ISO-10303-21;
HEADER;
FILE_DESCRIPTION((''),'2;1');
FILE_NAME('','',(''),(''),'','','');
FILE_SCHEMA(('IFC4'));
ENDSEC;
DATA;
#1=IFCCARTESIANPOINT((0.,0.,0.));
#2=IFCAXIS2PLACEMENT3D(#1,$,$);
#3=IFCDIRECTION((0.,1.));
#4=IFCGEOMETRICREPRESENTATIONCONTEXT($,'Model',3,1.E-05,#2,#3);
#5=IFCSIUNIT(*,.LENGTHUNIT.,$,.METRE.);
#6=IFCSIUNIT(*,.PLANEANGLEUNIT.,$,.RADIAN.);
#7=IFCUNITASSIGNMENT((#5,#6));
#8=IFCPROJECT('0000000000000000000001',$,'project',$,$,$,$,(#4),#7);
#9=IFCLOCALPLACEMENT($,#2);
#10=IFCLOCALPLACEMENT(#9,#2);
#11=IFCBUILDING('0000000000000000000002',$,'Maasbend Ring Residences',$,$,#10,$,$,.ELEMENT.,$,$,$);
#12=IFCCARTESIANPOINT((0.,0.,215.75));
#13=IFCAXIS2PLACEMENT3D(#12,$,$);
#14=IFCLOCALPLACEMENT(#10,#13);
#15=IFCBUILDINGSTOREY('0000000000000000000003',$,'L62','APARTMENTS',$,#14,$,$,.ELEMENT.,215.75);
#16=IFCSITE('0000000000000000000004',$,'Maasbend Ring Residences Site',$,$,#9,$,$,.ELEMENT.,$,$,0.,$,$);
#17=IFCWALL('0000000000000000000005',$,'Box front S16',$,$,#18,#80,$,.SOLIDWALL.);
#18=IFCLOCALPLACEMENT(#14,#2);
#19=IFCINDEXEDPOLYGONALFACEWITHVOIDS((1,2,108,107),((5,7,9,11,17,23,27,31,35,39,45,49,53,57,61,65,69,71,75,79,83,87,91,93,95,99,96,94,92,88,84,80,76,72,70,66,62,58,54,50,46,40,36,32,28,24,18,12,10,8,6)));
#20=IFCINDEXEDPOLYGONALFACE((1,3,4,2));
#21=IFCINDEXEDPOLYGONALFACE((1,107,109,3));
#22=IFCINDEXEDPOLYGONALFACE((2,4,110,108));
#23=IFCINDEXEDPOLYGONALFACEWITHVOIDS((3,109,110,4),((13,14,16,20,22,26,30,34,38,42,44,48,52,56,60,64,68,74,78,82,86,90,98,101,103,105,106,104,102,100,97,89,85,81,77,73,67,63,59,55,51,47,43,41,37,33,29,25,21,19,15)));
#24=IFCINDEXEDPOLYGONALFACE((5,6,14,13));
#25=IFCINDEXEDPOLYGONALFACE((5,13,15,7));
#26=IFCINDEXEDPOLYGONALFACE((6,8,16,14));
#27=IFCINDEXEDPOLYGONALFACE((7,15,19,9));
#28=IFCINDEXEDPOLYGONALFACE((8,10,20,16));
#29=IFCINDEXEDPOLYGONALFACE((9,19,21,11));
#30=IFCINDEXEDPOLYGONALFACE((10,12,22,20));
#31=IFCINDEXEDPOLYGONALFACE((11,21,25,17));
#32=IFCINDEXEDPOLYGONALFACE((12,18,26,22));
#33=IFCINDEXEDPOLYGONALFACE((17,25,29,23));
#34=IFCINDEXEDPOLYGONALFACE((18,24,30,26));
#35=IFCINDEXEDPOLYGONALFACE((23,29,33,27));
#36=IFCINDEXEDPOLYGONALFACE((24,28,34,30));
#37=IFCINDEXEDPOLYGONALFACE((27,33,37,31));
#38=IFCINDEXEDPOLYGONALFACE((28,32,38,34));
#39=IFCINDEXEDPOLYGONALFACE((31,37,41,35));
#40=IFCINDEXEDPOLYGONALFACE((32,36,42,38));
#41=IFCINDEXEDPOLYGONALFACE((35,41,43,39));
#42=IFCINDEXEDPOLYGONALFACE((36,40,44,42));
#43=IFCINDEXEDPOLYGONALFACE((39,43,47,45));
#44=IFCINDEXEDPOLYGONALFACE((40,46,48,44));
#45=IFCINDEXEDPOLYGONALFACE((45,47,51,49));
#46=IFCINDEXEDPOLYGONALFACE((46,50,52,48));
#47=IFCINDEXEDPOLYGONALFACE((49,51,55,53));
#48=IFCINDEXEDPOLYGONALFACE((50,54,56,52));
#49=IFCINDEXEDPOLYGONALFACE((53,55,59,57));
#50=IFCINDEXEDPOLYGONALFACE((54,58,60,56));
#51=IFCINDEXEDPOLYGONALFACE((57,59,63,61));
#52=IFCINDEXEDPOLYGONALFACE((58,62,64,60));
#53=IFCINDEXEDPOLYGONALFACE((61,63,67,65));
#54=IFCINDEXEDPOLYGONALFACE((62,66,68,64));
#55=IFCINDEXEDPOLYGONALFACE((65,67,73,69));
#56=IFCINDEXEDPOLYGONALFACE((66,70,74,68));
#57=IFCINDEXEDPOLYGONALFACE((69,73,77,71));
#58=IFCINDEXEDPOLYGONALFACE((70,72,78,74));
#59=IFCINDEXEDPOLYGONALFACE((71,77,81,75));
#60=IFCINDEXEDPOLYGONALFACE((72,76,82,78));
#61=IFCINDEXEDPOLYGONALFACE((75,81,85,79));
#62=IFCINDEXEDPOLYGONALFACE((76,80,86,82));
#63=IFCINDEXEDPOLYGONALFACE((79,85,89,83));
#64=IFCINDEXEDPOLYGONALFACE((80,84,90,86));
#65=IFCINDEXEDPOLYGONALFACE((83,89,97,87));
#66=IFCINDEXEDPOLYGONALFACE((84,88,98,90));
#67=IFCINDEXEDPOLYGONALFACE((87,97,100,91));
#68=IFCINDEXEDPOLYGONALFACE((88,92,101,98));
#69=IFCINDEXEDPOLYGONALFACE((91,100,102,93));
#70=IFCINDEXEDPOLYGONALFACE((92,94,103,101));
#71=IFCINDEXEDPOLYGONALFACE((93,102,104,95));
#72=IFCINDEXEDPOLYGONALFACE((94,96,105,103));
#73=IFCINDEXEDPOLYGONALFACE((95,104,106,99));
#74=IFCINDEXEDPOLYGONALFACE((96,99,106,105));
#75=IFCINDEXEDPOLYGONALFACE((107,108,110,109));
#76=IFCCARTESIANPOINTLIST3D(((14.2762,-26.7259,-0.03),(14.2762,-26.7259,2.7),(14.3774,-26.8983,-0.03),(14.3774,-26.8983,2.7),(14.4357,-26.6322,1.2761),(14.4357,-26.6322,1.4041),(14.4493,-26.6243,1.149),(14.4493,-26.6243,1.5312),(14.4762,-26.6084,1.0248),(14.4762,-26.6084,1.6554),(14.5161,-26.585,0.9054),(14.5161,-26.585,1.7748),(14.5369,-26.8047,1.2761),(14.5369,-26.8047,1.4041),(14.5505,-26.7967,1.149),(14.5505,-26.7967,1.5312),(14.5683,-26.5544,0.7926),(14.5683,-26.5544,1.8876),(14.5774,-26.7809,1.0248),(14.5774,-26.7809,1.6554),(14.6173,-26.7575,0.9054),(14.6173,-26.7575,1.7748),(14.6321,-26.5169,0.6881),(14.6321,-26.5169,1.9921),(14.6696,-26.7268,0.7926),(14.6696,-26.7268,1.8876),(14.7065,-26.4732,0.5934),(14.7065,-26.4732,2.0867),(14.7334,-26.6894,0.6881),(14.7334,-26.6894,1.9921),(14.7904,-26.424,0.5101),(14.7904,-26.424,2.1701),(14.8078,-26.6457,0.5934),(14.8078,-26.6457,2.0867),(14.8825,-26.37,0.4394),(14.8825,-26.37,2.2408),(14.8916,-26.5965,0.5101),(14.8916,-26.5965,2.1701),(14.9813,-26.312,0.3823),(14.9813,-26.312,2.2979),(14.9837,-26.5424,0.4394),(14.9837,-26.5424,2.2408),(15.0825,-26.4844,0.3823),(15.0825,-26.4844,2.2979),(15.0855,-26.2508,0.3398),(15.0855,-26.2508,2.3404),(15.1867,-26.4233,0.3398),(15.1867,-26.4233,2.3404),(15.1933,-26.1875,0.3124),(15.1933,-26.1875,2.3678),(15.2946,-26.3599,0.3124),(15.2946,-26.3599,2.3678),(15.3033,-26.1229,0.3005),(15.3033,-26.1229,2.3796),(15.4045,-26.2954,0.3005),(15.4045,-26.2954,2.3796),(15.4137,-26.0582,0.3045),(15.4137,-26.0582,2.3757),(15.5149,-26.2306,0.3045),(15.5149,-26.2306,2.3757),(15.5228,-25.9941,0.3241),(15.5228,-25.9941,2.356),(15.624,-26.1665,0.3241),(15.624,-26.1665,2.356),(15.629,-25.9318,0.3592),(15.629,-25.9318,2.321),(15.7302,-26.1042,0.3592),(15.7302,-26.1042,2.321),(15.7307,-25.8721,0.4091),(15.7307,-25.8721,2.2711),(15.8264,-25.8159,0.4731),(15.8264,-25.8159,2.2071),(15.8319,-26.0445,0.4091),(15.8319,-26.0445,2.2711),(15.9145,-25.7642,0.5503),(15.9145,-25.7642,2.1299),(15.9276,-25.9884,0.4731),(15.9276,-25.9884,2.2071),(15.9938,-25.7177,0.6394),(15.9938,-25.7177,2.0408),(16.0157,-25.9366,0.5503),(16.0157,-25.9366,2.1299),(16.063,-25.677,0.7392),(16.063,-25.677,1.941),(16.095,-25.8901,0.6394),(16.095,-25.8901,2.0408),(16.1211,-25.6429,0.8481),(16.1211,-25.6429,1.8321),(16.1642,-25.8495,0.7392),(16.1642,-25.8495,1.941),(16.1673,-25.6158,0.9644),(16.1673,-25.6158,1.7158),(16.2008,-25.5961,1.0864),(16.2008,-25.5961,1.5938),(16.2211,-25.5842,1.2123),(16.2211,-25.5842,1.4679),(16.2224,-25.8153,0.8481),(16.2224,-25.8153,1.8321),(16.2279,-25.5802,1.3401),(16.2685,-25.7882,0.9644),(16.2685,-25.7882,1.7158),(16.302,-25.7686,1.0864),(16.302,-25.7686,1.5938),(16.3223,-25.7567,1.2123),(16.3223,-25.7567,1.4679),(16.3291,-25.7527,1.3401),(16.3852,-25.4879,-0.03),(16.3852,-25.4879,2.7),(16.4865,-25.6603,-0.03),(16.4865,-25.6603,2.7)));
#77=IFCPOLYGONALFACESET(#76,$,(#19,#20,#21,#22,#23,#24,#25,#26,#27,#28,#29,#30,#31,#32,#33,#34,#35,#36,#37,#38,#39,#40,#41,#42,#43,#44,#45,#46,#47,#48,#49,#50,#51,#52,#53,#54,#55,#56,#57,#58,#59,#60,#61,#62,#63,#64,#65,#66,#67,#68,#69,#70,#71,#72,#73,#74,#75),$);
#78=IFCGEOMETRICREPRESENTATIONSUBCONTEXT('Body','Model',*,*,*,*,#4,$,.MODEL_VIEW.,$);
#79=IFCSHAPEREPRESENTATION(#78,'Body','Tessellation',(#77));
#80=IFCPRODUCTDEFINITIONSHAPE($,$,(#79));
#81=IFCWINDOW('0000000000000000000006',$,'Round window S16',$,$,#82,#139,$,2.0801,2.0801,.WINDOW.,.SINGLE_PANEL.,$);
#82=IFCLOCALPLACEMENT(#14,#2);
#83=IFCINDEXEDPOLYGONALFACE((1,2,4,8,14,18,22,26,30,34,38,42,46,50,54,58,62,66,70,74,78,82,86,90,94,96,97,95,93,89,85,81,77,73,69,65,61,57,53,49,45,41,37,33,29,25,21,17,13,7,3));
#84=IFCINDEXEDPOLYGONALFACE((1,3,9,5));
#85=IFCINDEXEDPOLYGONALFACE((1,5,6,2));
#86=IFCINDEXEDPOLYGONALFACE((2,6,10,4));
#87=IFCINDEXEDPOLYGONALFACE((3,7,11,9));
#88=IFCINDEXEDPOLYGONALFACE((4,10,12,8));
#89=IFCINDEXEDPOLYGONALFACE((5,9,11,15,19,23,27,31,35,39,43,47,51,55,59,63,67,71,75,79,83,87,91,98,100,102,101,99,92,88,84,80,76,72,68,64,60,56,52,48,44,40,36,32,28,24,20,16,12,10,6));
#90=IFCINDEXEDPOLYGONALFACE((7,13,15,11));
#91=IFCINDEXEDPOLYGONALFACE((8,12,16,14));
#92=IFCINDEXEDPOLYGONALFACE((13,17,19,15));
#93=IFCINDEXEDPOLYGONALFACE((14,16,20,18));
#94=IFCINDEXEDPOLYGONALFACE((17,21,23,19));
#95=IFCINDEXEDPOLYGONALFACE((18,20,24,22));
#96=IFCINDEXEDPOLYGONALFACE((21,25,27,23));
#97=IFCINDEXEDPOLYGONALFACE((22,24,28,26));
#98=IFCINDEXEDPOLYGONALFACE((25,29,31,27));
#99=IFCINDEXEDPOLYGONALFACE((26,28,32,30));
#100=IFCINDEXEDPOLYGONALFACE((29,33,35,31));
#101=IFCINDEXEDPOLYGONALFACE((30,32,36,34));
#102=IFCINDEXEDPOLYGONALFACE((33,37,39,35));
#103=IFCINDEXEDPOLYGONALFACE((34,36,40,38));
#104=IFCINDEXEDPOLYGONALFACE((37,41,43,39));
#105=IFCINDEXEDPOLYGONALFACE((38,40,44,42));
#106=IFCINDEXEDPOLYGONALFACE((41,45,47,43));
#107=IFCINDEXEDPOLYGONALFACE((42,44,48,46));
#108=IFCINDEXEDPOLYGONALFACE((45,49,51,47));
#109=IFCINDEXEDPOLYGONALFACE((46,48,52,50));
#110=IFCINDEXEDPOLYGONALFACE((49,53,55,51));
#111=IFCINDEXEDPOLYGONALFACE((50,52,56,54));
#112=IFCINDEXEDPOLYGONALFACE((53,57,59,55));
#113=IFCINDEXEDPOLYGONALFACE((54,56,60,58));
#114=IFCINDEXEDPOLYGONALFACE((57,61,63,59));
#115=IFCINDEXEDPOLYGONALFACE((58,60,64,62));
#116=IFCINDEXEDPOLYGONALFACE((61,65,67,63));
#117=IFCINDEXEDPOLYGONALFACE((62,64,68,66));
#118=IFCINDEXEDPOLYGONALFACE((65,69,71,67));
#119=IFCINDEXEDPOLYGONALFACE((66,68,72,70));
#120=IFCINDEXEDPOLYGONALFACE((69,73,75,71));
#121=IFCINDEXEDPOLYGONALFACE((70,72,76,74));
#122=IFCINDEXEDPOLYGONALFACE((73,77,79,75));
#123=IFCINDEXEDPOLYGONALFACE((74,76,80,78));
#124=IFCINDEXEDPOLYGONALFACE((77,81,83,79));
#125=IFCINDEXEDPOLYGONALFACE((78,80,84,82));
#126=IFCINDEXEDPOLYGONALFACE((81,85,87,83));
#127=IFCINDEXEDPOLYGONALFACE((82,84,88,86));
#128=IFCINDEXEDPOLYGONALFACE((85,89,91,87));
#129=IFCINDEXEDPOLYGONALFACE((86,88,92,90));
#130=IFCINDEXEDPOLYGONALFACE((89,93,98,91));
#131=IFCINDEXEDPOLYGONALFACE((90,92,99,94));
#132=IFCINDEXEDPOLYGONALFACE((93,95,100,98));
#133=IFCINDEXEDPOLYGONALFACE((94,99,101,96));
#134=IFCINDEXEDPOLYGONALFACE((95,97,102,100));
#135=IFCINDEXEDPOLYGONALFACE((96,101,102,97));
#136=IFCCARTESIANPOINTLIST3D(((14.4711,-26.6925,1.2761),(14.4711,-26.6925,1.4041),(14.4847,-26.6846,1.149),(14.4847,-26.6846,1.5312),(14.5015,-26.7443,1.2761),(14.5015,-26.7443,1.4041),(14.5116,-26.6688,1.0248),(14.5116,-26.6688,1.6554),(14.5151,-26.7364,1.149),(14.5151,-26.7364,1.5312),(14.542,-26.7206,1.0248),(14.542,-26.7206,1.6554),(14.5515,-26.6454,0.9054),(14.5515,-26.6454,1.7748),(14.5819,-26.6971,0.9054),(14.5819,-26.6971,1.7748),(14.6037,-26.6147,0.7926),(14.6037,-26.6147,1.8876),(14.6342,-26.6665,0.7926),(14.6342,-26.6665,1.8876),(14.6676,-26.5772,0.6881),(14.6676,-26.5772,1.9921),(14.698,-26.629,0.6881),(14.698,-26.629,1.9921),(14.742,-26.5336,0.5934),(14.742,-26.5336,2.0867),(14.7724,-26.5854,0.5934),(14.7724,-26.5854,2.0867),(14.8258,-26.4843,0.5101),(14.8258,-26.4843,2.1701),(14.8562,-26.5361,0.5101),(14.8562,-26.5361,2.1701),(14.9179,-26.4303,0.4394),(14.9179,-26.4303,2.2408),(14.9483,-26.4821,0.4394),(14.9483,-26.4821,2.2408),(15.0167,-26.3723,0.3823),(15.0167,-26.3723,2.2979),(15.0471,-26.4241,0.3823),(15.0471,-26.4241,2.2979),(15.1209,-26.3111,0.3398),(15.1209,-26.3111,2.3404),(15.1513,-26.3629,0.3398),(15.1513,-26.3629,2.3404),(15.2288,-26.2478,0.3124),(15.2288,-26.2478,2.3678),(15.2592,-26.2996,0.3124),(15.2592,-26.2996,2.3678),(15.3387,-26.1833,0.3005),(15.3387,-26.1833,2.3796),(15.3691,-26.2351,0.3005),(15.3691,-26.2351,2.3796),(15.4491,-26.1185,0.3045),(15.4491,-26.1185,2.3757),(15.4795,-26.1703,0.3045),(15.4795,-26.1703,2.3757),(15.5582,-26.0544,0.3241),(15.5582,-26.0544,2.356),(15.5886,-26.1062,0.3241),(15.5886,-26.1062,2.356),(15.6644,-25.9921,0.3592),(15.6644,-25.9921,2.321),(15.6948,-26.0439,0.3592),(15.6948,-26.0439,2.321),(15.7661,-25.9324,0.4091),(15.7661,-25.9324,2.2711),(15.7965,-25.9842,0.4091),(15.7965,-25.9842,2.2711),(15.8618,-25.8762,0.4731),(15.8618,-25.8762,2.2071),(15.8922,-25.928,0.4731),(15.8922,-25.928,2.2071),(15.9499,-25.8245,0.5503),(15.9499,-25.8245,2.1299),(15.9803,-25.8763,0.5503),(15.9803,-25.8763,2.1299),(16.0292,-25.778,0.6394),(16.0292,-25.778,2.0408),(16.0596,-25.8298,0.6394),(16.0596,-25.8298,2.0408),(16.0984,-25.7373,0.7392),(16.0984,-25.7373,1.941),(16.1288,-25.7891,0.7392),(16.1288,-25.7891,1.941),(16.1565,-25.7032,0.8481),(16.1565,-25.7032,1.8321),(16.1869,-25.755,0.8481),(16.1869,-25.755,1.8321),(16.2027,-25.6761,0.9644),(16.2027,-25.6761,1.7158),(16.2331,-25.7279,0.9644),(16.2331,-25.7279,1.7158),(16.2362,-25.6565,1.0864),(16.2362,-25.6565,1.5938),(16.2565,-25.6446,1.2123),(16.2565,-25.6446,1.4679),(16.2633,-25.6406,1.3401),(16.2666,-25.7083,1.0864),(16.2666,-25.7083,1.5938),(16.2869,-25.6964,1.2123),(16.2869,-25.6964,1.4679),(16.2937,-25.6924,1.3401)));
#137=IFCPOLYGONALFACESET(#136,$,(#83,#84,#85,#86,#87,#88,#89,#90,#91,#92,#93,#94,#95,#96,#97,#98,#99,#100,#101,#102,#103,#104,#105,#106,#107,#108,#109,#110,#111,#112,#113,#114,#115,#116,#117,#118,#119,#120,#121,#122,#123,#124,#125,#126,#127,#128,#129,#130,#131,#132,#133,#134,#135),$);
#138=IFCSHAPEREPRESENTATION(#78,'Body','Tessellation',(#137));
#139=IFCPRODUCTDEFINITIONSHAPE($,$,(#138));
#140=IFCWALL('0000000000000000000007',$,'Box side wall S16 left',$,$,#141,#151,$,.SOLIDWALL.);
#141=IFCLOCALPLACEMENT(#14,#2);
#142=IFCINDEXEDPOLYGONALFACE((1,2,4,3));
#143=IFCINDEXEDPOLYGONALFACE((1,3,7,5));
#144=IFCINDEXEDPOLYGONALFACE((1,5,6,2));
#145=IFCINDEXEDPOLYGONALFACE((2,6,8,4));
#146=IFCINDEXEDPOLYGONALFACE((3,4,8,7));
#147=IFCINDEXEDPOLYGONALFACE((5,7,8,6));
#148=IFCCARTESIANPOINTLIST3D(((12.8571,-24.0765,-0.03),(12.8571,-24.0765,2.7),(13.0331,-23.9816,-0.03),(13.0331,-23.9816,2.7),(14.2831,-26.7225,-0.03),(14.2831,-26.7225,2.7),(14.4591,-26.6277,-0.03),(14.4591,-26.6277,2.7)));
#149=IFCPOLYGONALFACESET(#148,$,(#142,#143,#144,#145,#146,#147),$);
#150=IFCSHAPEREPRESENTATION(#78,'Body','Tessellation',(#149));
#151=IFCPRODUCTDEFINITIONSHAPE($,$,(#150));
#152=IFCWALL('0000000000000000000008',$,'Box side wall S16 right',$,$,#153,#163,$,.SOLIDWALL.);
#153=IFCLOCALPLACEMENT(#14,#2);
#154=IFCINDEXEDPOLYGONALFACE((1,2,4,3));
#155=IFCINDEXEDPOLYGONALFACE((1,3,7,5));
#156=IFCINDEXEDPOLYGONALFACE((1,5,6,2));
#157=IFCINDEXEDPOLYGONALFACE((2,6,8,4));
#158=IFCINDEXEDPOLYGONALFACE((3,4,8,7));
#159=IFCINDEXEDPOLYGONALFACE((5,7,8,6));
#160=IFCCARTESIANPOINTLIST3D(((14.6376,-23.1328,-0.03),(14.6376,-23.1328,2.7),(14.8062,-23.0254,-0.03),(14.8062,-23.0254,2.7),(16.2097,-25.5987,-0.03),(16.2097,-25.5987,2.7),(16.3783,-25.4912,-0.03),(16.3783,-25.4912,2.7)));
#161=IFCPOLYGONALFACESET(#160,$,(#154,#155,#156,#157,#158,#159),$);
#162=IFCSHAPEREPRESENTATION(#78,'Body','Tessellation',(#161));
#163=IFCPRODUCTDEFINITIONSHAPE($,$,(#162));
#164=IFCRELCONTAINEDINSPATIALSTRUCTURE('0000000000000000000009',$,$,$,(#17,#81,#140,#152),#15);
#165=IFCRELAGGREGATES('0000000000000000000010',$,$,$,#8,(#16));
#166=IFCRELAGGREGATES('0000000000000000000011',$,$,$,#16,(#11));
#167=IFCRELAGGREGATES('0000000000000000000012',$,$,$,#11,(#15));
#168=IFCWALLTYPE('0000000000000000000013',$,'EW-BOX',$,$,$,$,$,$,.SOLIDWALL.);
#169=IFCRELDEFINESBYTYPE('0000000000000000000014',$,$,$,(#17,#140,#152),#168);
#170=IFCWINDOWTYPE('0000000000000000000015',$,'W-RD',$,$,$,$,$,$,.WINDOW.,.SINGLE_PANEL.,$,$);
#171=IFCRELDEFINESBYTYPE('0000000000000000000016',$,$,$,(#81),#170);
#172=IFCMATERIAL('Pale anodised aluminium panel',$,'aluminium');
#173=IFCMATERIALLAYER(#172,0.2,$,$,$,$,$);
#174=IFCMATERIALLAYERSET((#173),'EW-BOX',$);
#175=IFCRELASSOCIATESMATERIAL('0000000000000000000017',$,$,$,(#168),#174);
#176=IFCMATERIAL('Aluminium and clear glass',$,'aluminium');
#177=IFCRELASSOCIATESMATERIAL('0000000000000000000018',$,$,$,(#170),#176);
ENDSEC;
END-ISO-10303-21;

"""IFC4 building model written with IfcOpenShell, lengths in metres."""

from ifc_helpers import new_model, si_unit, direction, frame, frame_2d, origin, place, context, subcontext, project, spatial, rectangle, circle, extrude, material, layer, layer_set, type_object, element, fill, save


model = new_model("IFC4")

# Units and contexts
model_context = context("Model", 3, precision=1e-05, world=origin(), true_north=direction((0.0, 1.0)))
body_context = subcontext(model_context, "Body", "Model", "MODEL_VIEW")
ifc_project = project(units=[si_unit("LENGTHUNIT", "METRE"), si_unit("PLANEANGLEUNIT", "RADIAN")], contexts=[model_context])

# Site, building, storey
site_placement = place(None, origin())
site = spatial("IfcSite", under=ifc_project, at=site_placement, Name="Maasbend Ring Residences Site", CompositionType="ELEMENT", RefElevation=0.0)
building_placement = place(site_placement, origin())
building = spatial("IfcBuilding", under=site, at=building_placement, Name="Maasbend Ring Residences", CompositionType="ELEMENT")
storey_placement = place(building_placement, frame((0.0, 0.0, 215.75)))
storey = spatial("IfcBuildingStorey", under=building, at=storey_placement, Name="L62", Description="APARTMENTS", CompositionType="ELEMENT", Elevation=215.75)

# Wall, opening, window
ifc_material_1 = material(Name="Pale anodised aluminium panel", Category="aluminium")
ifc_layer_1 = layer(ifc_material_1, 0.2)
ifc_layer_set_1 = layer_set([ifc_layer_1], Name="EW-BOX")
wall_type_1 = type_object("IfcWallType", Name="EW-BOX", PredefinedType="SOLIDWALL", material=ifc_layer_set_1)
wall_1_placement = place(storey_placement, frame((14.3269, -26.812, -0.03), z_axis=(0.0, 0.0, 1.0), x_axis=(0.862403, 0.506222, 0.0)))
wall_1 = element("IfcWall", 1, at=wall_1_placement, inside=storey, type_object=wall_type_1, Name="Box front S16", PredefinedType="SOLIDWALL", context=body_context, shape_type="SweptSolid", body=[
    extrude(rectangle(XDim=2.4456, YDim=0.2, at=frame_2d((1.2227, 0.0))), origin(), (0.0, 0.0, 1.0), 2.73),
])
opening_1_placement = place(wall_1_placement, frame((0.1829, 0.0, 0.3301)))
opening_1 = element("IfcOpeningElement", 2, at=opening_1_placement, cuts=wall_1, PredefinedType="OPENING", context=body_context, shape_type="SweptSolid", body=[
    extrude(circle(Radius=1.04, at=frame_2d((1.04, 1.04))), frame((0.0, 0.1099, 0.0), z_axis=(0.0, -1.0, 0.0), x_axis=(1.0, 0.0, 0.0)), (0.0, 0.0, 1.0), 0.22),
])
ifc_material_2 = material(Name="Aluminium and clear glass", Category="aluminium")
window_type_1 = type_object("IfcWindowType", Name="W-RD", PartitioningType="SINGLE_PANEL", PredefinedType="WINDOW", material=ifc_material_2)
window_1_placement = place(opening_1_placement, origin())
window_1 = element("IfcWindow", 3, at=window_1_placement, inside=storey, type_object=window_type_1, Name="Round window S16", OverallHeight=2.0801, OverallWidth=2.0801, PartitioningType="SINGLE_PANEL", PredefinedType="WINDOW", context=body_context, shape_type="SweptSolid", body=[
    extrude(circle(Radius=1.04, at=frame_2d((1.04, 1.04))), frame((0.0, 0.03, 0.0), z_axis=(0.0, -1.0, 0.0), x_axis=(1.0, 0.0, 0.0)), (0.0, 0.0, 1.0), 0.0601),
])
fill(opening_1, window_1)

# Walls
wall_2_placement = place(storey_placement, frame((12.9451, -24.0291, -0.03), z_axis=(0.0, 0.0, 1.0), x_axis=(0.474424, -0.880296, 0.0)))
element("IfcWall", 4, at=wall_2_placement, inside=storey, type_object=wall_type_1, Name="Box side wall S16 left", PredefinedType="SOLIDWALL", context=body_context, shape_type="SweptSolid", body=[
    extrude(rectangle(XDim=3.0059, YDim=0.2, at=frame_2d((1.5029, 0.0))), origin(), (0.0, 0.0, 1.0), 2.73),
])
wall_3_placement = place(storey_placement, frame((14.7219, -23.0791, -0.03), z_axis=(0.0, 0.0, 1.0), x_axis=(0.537572, -0.843218, 0.0)))
element("IfcWall", 5, at=wall_3_placement, inside=storey, type_object=wall_type_1, Name="Box side wall S16 right", PredefinedType="SOLIDWALL", context=body_context, shape_type="SweptSolid", body=[
    extrude(rectangle(XDim=2.9243, YDim=0.2, at=frame_2d((1.4622, 0.0))), origin(), (0.0, 0.0, 1.0), 2.73),
])

save(model, "model.ifc")
